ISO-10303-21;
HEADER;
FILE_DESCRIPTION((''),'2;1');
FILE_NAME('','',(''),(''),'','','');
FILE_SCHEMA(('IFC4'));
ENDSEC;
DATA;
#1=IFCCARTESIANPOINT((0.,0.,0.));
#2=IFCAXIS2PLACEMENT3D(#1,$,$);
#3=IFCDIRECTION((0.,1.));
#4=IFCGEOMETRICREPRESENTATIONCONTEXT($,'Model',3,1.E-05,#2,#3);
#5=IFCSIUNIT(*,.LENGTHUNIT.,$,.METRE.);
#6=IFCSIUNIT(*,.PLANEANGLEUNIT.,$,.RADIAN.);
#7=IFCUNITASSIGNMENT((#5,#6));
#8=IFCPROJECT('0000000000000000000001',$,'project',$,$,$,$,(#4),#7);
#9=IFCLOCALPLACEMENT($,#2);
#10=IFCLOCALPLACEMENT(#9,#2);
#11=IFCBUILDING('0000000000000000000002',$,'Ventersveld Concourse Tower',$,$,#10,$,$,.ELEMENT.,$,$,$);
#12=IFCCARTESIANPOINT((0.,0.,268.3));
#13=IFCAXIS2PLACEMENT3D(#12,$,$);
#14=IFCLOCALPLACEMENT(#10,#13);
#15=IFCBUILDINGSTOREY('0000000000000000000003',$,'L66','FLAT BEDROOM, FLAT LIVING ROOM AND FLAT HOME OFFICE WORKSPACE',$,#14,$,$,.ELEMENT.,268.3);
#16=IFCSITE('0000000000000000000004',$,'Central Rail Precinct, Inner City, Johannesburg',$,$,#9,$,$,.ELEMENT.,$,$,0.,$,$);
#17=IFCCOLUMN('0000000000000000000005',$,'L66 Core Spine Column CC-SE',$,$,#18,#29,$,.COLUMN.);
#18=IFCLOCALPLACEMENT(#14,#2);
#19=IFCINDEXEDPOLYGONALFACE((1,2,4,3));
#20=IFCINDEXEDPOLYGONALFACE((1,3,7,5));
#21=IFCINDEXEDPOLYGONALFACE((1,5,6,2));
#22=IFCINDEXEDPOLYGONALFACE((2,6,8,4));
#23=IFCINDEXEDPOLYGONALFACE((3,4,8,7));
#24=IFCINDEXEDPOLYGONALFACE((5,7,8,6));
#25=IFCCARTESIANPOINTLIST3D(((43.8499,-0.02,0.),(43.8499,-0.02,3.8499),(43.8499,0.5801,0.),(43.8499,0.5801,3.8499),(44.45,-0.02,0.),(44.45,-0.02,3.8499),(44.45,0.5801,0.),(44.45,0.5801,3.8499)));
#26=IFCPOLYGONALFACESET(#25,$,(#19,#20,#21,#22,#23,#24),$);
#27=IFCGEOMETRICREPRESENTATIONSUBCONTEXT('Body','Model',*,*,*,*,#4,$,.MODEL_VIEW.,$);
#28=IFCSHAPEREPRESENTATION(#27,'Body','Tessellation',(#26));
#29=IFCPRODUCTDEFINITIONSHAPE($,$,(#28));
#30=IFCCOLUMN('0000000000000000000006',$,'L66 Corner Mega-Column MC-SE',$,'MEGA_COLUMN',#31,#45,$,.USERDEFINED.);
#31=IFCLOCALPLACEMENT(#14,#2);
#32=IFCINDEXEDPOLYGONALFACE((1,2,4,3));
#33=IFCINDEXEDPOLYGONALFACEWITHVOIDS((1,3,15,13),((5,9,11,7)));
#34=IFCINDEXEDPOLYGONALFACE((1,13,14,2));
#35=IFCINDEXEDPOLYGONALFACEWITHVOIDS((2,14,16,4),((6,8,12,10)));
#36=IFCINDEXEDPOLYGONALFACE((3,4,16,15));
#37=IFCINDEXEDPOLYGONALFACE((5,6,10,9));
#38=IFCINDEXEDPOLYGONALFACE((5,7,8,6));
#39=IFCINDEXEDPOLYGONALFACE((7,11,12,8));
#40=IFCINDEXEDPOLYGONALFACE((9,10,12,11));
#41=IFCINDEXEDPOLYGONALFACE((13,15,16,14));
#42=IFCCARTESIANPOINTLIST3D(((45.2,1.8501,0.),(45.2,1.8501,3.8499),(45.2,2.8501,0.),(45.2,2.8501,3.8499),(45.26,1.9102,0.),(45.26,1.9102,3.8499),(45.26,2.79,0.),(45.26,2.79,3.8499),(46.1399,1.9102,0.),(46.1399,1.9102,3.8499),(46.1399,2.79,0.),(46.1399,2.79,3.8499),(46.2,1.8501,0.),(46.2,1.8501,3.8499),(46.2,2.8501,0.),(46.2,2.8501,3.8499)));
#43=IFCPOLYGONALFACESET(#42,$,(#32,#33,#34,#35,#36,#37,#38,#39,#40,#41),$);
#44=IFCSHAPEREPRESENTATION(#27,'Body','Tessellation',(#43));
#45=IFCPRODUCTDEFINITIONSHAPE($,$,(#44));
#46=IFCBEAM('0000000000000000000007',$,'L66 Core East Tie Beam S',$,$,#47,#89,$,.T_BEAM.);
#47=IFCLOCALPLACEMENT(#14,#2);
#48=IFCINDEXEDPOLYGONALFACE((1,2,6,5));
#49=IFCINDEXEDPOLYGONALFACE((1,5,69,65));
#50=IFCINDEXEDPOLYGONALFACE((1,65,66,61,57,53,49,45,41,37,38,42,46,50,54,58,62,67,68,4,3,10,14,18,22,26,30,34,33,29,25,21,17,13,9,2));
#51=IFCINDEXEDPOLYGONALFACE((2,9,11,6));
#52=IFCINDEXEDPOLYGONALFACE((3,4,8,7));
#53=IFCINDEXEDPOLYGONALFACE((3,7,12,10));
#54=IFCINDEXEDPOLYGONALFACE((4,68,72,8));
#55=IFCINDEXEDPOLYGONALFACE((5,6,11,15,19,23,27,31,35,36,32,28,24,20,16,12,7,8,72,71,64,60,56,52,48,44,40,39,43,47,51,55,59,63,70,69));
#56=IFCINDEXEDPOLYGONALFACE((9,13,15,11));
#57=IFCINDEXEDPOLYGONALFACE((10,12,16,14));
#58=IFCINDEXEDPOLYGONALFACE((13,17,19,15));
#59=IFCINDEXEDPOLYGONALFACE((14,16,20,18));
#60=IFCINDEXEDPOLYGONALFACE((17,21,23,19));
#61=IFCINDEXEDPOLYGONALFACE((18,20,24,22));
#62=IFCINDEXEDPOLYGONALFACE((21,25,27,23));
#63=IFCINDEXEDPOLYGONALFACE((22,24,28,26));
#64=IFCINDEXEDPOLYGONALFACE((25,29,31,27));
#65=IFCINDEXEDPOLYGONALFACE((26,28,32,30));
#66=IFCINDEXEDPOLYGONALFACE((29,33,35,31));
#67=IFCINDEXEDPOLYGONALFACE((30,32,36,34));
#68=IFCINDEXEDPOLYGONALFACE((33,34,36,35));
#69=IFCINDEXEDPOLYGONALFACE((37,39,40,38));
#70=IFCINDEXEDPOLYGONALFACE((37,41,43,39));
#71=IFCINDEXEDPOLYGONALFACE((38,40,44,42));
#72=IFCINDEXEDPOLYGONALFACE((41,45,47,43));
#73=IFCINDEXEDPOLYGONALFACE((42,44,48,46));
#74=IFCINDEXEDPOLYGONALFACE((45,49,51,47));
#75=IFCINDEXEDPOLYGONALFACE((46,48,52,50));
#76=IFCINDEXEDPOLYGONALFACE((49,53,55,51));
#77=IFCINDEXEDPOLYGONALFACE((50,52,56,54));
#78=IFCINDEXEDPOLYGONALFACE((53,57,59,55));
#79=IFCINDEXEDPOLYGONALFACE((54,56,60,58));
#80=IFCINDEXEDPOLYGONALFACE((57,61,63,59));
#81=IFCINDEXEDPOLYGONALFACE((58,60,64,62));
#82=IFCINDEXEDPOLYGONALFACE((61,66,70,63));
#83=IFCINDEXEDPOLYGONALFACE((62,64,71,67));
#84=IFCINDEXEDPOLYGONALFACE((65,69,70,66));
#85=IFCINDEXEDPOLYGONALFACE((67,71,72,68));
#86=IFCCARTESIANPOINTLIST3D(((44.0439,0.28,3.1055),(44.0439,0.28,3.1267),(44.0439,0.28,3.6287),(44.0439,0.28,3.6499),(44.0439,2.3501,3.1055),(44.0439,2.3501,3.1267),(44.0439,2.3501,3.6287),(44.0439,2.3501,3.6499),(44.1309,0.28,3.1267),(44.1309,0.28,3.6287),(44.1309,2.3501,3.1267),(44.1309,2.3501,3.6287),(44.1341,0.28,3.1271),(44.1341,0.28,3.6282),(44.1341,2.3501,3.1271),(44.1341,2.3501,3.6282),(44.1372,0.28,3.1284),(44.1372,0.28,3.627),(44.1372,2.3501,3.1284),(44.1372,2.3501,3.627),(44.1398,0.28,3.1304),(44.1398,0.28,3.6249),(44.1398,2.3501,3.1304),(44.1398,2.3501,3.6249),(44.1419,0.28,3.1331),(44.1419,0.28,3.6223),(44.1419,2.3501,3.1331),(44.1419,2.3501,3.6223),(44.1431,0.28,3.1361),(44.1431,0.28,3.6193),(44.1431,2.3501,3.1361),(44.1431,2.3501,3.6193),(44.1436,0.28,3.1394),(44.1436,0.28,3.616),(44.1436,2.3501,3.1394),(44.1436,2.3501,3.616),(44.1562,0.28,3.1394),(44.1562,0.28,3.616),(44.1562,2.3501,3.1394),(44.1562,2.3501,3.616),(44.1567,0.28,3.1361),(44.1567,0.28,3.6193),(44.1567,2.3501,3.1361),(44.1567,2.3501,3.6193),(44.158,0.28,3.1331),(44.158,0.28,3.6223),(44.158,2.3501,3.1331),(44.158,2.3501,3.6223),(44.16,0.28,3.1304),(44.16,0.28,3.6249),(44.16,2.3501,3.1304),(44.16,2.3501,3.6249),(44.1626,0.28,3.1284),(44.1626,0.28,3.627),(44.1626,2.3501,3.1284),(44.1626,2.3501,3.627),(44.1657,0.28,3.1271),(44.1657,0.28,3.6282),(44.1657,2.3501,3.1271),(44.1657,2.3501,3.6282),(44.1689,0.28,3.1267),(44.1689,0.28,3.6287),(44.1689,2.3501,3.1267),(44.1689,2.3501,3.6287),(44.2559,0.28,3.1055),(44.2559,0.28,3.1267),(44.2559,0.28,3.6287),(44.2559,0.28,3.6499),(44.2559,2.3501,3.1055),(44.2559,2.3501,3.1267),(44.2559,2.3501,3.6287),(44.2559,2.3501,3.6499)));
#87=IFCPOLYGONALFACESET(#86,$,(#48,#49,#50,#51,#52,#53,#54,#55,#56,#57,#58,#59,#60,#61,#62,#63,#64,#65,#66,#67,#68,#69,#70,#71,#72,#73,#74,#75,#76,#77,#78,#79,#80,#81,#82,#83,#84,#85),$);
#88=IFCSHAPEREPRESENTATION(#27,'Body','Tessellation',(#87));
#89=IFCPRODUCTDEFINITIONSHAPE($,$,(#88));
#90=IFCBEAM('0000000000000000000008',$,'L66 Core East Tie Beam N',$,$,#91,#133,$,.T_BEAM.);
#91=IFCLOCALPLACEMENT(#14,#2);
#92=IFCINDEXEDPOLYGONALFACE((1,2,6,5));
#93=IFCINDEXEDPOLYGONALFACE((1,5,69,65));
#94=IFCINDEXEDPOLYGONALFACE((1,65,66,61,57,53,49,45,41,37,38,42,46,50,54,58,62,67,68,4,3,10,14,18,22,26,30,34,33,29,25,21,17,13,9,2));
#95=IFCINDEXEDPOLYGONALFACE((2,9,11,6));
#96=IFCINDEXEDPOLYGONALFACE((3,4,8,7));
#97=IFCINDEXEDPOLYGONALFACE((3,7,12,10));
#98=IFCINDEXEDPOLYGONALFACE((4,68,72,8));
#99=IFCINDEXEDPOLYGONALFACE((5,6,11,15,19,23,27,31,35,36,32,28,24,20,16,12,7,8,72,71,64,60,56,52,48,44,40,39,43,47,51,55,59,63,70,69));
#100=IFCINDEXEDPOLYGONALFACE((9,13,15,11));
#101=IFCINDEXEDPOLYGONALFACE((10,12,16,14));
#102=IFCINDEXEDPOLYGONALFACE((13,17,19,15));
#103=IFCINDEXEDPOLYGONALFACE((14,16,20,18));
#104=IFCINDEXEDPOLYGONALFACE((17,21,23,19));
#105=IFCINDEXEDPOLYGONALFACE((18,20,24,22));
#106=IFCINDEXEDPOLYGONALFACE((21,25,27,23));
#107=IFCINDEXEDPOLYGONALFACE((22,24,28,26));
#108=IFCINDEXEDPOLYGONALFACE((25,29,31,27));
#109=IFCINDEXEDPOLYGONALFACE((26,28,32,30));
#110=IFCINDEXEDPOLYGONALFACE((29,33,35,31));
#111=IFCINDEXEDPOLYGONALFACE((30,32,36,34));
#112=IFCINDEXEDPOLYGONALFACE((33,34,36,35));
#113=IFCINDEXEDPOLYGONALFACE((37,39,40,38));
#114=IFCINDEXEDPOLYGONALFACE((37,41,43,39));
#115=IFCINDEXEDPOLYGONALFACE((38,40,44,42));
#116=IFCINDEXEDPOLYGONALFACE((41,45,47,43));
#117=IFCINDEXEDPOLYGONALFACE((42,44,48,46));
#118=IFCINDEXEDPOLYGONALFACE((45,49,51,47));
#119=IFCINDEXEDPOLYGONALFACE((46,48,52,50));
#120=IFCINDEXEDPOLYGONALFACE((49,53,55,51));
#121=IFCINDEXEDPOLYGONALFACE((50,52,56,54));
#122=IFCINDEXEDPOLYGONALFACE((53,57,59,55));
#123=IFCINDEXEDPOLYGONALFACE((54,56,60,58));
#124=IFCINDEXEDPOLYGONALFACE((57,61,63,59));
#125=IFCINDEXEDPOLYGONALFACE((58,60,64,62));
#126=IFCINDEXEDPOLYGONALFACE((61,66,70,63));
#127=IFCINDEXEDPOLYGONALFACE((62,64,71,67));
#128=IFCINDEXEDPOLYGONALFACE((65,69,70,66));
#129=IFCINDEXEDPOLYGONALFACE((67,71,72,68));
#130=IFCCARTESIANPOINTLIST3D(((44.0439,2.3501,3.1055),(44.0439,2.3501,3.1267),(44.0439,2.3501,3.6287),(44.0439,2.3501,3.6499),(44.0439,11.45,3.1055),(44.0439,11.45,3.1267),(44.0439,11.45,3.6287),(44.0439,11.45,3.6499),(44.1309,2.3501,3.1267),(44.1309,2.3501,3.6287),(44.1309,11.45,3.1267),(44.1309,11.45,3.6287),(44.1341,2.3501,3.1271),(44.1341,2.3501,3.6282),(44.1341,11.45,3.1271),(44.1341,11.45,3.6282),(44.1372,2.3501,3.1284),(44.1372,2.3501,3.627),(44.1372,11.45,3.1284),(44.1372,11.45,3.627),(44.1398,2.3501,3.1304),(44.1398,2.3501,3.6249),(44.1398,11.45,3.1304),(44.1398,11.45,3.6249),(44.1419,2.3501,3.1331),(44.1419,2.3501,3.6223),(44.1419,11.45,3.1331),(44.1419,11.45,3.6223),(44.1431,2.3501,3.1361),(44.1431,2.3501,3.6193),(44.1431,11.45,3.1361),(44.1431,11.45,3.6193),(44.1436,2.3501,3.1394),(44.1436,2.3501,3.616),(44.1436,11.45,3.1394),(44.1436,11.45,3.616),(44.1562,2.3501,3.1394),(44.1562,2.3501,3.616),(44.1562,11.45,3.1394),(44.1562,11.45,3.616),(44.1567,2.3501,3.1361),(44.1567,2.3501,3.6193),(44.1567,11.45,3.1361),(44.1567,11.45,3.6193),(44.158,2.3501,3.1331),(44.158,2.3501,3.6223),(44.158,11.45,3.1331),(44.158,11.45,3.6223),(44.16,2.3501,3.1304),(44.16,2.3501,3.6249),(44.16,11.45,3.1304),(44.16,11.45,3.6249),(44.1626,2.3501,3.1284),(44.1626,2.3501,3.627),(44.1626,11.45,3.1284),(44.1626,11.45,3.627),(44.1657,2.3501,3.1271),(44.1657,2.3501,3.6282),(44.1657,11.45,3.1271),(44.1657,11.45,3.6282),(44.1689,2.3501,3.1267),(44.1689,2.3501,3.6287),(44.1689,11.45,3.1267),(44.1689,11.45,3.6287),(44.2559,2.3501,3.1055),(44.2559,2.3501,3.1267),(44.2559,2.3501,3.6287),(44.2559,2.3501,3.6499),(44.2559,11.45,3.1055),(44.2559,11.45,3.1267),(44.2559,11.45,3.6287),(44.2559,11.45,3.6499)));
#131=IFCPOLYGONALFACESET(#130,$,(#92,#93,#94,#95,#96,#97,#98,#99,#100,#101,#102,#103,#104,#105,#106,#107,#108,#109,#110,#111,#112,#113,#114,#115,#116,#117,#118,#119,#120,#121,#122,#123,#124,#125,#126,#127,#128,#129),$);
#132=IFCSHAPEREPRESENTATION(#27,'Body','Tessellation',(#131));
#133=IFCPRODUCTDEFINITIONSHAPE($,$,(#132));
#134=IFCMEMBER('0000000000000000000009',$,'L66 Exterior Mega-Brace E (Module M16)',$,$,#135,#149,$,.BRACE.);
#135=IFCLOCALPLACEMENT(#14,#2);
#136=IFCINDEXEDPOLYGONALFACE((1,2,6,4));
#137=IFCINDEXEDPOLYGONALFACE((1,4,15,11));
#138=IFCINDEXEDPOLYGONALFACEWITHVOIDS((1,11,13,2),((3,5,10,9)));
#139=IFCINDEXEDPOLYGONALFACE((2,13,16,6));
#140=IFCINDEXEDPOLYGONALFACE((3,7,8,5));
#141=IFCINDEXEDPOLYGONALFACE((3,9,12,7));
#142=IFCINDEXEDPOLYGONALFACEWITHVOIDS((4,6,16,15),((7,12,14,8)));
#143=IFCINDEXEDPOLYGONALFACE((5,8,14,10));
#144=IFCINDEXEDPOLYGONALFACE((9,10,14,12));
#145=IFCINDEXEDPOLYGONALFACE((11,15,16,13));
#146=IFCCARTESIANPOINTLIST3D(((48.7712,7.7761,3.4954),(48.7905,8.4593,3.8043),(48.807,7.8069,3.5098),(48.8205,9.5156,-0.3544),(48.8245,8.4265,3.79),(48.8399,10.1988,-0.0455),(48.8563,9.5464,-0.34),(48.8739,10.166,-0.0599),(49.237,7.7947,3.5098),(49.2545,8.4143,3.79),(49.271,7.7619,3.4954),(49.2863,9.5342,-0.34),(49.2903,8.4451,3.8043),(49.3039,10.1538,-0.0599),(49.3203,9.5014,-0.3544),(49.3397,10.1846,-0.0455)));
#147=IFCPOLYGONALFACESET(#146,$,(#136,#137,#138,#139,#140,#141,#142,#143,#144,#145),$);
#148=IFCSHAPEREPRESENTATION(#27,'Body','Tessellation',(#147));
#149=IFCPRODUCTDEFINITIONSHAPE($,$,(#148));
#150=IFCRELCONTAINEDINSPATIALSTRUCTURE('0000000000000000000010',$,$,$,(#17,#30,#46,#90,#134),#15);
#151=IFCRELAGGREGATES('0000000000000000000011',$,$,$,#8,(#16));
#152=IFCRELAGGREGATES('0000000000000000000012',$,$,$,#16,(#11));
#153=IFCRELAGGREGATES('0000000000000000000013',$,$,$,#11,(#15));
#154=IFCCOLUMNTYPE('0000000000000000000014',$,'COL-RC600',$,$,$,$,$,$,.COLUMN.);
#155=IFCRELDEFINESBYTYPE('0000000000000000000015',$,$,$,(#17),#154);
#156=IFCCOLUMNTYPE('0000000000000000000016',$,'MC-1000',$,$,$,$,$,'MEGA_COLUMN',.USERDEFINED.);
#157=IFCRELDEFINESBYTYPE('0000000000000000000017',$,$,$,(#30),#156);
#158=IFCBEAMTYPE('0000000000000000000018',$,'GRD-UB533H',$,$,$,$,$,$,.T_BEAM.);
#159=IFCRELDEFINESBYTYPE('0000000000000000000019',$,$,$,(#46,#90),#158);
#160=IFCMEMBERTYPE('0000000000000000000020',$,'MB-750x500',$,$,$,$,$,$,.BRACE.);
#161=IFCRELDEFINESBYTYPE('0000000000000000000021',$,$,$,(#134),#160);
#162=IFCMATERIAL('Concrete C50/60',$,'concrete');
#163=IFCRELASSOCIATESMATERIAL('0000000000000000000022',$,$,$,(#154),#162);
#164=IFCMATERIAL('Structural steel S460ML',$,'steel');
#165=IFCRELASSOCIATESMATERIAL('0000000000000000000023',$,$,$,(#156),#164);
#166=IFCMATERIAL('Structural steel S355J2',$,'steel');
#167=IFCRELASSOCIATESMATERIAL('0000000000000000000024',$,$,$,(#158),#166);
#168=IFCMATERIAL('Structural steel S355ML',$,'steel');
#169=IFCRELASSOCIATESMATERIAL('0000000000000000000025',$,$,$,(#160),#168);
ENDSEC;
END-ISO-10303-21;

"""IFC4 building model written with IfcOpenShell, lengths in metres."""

from ifc_helpers import new_model, si_unit, direction, frame, origin, origin_2d, place, context, subcontext, project, spatial, rectangle, hollow_rectangle, i_section, extrude, material, material_profile, profile_set, type_object, element, save


model = new_model("IFC4")

# Units and contexts
model_context = context("Model", 3, precision=1e-05, world=origin(), true_north=direction((0.0, 1.0)))
body_context = subcontext(model_context, "Body", "Model", "MODEL_VIEW")
ifc_project = project(units=[si_unit("LENGTHUNIT", "METRE"), si_unit("PLANEANGLEUNIT", "RADIAN")], contexts=[model_context])

# Site, building, storey
site_placement = place(None, origin())
site = spatial("IfcSite", under=ifc_project, at=site_placement, Name="Central Rail Precinct, Inner City, Johannesburg", CompositionType="ELEMENT", RefElevation=0.0)
building_placement = place(site_placement, origin())
building = spatial("IfcBuilding", under=site, at=building_placement, Name="Ventersveld Concourse Tower", CompositionType="ELEMENT")
storey_placement = place(building_placement, frame((0.0, 0.0, 268.3)))
storey = spatial("IfcBuildingStorey", under=building, at=storey_placement, Name="L66", Description="FLAT BEDROOM, FLAT LIVING ROOM AND FLAT HOME OFFICE WORKSPACE", CompositionType="ELEMENT", Elevation=268.3)

# Columns
ifc_material_1 = material(Name="Concrete C50/60", Category="concrete")
ifc_material_profile_1 = material_profile(ifc_material_1, rectangle(XDim=0.6001, YDim=0.6001, at=origin_2d()), Name="RC 600x600")
ifc_profile_set_1 = profile_set([ifc_material_profile_1], Name="Concrete C50/60")
column_type_1 = type_object("IfcColumnType", Name="COL-RC600", PredefinedType="COLUMN", material=ifc_profile_set_1)
column_1_placement = place(storey_placement, frame((44.1499, 0.28, 0.0), z_axis=(0.0, 0.0, 1.0), x_axis=(1.0, 0.0, 0.0)))
element("IfcColumn", 1, at=column_1_placement, inside=storey, type_object=column_type_1, Name="L66 Core Spine Column CC-SE", PredefinedType="COLUMN", context=body_context, shape_type="SweptSolid", body=[
    extrude(rectangle(XDim=0.6001, YDim=0.6001, at=origin_2d()), origin(), (0.0, 0.0, 1.0), 3.8499),
])
ifc_material_2 = material(Name="Structural steel S460ML", Category="steel")
ifc_material_profile_2 = material_profile(ifc_material_2, hollow_rectangle(XDim=1.0, YDim=1.0, WallThickness=0.0601, at=origin_2d()), Name="BOX 1000x1000x60")
ifc_profile_set_2 = profile_set([ifc_material_profile_2], Name="Structural steel S460ML")
column_type_2 = type_object("IfcColumnType", Name="MC-1000", ElementType="MEGA_COLUMN", PredefinedType="USERDEFINED", material=ifc_profile_set_2)
column_2_placement = place(storey_placement, frame((45.7, 2.3501, 0.0), z_axis=(0.0, 0.0, 1.0), x_axis=(1.0, 0.0, 0.0)))
element("IfcColumn", 2, at=column_2_placement, inside=storey, type_object=column_type_2, Name="L66 Corner Mega-Column MC-SE", ObjectType="MEGA_COLUMN", PredefinedType="USERDEFINED", context=body_context, shape_type="SweptSolid", body=[
    extrude(hollow_rectangle(XDim=1.0, YDim=1.0, WallThickness=0.0601, at=origin_2d()), origin(), (0.0, 0.0, 1.0), 3.8499),
])

# Beams
ifc_material_3 = material(Name="Structural steel S355J2", Category="steel")
ifc_material_profile_3 = material_profile(ifc_material_3, i_section(OverallWidth=0.2119, OverallDepth=0.5444, WebThickness=0.0127, FlangeThickness=0.0212, FilletRadius=0.0127, at=origin_2d()), Name="UB 533x210x122")
ifc_profile_set_3 = profile_set([ifc_material_profile_3], Name="Structural steel S355J2")
beam_type_1 = type_object("IfcBeamType", Name="GRD-UB533H", PredefinedType="T_BEAM", material=ifc_profile_set_3)
beam_1_placement = place(storey_placement, frame((44.1499, 0.28, 3.3777), z_axis=(0.0, 1.0, 0.0), x_axis=(-1.0, 0.0, 0.0)))
element("IfcBeam", 3, at=beam_1_placement, inside=storey, type_object=beam_type_1, Name="L66 Core East Tie Beam S", PredefinedType="T_BEAM", context=body_context, shape_type="SweptSolid", body=[
    extrude(i_section(OverallWidth=0.2119, OverallDepth=0.5444, WebThickness=0.0127, FlangeThickness=0.0212, FilletRadius=0.0127, at=origin_2d()), origin(), (0.0, 0.0, 1.0), 2.0701),
])
beam_2_placement = place(storey_placement, frame((44.1499, 2.3501, 3.3777), z_axis=(0.0, 1.0, 0.0), x_axis=(-1.0, 0.0, 0.0)))
element("IfcBeam", 4, at=beam_2_placement, inside=storey, type_object=beam_type_1, Name="L66 Core East Tie Beam N", PredefinedType="T_BEAM", context=body_context, shape_type="SweptSolid", body=[
    extrude(i_section(OverallWidth=0.2119, OverallDepth=0.5444, WebThickness=0.0127, FlangeThickness=0.0212, FilletRadius=0.0127, at=origin_2d()), origin(), (0.0, 0.0, 1.0), 9.0999),
])

# Member
ifc_material_4 = material(Name="Structural steel S355ML", Category="steel")
ifc_material_profile_4 = material_profile(ifc_material_4, hollow_rectangle(XDim=0.5, YDim=0.75, WallThickness=0.0349, at=origin_2d()), Name="BOX 750x500x35")
ifc_profile_set_4 = profile_set([ifc_material_profile_4], Name="Structural steel S355ML")
member_type = type_object("IfcMemberType", Name="MB-750x500", PredefinedType="BRACE", material=ifc_profile_set_4)
member_placement = place(storey_placement, frame((49.0801, 9.8501, -0.2), z_axis=(-0.011673, -0.411727, 0.911232), x_axis=(0.999598, -0.028339, 0.0)))
element("IfcMember", 5, at=member_placement, inside=storey, type_object=member_type, Name="L66 Exterior Mega-Brace E (Module M16)", PredefinedType="BRACE", context=body_context, shape_type="SweptSolid", body=[
    extrude(hollow_rectangle(XDim=0.5, YDim=0.75, WallThickness=0.0349, at=origin_2d()), origin(), (0.0, 0.0, 1.0), 4.2249),
])

save(model, "model.ifc")
